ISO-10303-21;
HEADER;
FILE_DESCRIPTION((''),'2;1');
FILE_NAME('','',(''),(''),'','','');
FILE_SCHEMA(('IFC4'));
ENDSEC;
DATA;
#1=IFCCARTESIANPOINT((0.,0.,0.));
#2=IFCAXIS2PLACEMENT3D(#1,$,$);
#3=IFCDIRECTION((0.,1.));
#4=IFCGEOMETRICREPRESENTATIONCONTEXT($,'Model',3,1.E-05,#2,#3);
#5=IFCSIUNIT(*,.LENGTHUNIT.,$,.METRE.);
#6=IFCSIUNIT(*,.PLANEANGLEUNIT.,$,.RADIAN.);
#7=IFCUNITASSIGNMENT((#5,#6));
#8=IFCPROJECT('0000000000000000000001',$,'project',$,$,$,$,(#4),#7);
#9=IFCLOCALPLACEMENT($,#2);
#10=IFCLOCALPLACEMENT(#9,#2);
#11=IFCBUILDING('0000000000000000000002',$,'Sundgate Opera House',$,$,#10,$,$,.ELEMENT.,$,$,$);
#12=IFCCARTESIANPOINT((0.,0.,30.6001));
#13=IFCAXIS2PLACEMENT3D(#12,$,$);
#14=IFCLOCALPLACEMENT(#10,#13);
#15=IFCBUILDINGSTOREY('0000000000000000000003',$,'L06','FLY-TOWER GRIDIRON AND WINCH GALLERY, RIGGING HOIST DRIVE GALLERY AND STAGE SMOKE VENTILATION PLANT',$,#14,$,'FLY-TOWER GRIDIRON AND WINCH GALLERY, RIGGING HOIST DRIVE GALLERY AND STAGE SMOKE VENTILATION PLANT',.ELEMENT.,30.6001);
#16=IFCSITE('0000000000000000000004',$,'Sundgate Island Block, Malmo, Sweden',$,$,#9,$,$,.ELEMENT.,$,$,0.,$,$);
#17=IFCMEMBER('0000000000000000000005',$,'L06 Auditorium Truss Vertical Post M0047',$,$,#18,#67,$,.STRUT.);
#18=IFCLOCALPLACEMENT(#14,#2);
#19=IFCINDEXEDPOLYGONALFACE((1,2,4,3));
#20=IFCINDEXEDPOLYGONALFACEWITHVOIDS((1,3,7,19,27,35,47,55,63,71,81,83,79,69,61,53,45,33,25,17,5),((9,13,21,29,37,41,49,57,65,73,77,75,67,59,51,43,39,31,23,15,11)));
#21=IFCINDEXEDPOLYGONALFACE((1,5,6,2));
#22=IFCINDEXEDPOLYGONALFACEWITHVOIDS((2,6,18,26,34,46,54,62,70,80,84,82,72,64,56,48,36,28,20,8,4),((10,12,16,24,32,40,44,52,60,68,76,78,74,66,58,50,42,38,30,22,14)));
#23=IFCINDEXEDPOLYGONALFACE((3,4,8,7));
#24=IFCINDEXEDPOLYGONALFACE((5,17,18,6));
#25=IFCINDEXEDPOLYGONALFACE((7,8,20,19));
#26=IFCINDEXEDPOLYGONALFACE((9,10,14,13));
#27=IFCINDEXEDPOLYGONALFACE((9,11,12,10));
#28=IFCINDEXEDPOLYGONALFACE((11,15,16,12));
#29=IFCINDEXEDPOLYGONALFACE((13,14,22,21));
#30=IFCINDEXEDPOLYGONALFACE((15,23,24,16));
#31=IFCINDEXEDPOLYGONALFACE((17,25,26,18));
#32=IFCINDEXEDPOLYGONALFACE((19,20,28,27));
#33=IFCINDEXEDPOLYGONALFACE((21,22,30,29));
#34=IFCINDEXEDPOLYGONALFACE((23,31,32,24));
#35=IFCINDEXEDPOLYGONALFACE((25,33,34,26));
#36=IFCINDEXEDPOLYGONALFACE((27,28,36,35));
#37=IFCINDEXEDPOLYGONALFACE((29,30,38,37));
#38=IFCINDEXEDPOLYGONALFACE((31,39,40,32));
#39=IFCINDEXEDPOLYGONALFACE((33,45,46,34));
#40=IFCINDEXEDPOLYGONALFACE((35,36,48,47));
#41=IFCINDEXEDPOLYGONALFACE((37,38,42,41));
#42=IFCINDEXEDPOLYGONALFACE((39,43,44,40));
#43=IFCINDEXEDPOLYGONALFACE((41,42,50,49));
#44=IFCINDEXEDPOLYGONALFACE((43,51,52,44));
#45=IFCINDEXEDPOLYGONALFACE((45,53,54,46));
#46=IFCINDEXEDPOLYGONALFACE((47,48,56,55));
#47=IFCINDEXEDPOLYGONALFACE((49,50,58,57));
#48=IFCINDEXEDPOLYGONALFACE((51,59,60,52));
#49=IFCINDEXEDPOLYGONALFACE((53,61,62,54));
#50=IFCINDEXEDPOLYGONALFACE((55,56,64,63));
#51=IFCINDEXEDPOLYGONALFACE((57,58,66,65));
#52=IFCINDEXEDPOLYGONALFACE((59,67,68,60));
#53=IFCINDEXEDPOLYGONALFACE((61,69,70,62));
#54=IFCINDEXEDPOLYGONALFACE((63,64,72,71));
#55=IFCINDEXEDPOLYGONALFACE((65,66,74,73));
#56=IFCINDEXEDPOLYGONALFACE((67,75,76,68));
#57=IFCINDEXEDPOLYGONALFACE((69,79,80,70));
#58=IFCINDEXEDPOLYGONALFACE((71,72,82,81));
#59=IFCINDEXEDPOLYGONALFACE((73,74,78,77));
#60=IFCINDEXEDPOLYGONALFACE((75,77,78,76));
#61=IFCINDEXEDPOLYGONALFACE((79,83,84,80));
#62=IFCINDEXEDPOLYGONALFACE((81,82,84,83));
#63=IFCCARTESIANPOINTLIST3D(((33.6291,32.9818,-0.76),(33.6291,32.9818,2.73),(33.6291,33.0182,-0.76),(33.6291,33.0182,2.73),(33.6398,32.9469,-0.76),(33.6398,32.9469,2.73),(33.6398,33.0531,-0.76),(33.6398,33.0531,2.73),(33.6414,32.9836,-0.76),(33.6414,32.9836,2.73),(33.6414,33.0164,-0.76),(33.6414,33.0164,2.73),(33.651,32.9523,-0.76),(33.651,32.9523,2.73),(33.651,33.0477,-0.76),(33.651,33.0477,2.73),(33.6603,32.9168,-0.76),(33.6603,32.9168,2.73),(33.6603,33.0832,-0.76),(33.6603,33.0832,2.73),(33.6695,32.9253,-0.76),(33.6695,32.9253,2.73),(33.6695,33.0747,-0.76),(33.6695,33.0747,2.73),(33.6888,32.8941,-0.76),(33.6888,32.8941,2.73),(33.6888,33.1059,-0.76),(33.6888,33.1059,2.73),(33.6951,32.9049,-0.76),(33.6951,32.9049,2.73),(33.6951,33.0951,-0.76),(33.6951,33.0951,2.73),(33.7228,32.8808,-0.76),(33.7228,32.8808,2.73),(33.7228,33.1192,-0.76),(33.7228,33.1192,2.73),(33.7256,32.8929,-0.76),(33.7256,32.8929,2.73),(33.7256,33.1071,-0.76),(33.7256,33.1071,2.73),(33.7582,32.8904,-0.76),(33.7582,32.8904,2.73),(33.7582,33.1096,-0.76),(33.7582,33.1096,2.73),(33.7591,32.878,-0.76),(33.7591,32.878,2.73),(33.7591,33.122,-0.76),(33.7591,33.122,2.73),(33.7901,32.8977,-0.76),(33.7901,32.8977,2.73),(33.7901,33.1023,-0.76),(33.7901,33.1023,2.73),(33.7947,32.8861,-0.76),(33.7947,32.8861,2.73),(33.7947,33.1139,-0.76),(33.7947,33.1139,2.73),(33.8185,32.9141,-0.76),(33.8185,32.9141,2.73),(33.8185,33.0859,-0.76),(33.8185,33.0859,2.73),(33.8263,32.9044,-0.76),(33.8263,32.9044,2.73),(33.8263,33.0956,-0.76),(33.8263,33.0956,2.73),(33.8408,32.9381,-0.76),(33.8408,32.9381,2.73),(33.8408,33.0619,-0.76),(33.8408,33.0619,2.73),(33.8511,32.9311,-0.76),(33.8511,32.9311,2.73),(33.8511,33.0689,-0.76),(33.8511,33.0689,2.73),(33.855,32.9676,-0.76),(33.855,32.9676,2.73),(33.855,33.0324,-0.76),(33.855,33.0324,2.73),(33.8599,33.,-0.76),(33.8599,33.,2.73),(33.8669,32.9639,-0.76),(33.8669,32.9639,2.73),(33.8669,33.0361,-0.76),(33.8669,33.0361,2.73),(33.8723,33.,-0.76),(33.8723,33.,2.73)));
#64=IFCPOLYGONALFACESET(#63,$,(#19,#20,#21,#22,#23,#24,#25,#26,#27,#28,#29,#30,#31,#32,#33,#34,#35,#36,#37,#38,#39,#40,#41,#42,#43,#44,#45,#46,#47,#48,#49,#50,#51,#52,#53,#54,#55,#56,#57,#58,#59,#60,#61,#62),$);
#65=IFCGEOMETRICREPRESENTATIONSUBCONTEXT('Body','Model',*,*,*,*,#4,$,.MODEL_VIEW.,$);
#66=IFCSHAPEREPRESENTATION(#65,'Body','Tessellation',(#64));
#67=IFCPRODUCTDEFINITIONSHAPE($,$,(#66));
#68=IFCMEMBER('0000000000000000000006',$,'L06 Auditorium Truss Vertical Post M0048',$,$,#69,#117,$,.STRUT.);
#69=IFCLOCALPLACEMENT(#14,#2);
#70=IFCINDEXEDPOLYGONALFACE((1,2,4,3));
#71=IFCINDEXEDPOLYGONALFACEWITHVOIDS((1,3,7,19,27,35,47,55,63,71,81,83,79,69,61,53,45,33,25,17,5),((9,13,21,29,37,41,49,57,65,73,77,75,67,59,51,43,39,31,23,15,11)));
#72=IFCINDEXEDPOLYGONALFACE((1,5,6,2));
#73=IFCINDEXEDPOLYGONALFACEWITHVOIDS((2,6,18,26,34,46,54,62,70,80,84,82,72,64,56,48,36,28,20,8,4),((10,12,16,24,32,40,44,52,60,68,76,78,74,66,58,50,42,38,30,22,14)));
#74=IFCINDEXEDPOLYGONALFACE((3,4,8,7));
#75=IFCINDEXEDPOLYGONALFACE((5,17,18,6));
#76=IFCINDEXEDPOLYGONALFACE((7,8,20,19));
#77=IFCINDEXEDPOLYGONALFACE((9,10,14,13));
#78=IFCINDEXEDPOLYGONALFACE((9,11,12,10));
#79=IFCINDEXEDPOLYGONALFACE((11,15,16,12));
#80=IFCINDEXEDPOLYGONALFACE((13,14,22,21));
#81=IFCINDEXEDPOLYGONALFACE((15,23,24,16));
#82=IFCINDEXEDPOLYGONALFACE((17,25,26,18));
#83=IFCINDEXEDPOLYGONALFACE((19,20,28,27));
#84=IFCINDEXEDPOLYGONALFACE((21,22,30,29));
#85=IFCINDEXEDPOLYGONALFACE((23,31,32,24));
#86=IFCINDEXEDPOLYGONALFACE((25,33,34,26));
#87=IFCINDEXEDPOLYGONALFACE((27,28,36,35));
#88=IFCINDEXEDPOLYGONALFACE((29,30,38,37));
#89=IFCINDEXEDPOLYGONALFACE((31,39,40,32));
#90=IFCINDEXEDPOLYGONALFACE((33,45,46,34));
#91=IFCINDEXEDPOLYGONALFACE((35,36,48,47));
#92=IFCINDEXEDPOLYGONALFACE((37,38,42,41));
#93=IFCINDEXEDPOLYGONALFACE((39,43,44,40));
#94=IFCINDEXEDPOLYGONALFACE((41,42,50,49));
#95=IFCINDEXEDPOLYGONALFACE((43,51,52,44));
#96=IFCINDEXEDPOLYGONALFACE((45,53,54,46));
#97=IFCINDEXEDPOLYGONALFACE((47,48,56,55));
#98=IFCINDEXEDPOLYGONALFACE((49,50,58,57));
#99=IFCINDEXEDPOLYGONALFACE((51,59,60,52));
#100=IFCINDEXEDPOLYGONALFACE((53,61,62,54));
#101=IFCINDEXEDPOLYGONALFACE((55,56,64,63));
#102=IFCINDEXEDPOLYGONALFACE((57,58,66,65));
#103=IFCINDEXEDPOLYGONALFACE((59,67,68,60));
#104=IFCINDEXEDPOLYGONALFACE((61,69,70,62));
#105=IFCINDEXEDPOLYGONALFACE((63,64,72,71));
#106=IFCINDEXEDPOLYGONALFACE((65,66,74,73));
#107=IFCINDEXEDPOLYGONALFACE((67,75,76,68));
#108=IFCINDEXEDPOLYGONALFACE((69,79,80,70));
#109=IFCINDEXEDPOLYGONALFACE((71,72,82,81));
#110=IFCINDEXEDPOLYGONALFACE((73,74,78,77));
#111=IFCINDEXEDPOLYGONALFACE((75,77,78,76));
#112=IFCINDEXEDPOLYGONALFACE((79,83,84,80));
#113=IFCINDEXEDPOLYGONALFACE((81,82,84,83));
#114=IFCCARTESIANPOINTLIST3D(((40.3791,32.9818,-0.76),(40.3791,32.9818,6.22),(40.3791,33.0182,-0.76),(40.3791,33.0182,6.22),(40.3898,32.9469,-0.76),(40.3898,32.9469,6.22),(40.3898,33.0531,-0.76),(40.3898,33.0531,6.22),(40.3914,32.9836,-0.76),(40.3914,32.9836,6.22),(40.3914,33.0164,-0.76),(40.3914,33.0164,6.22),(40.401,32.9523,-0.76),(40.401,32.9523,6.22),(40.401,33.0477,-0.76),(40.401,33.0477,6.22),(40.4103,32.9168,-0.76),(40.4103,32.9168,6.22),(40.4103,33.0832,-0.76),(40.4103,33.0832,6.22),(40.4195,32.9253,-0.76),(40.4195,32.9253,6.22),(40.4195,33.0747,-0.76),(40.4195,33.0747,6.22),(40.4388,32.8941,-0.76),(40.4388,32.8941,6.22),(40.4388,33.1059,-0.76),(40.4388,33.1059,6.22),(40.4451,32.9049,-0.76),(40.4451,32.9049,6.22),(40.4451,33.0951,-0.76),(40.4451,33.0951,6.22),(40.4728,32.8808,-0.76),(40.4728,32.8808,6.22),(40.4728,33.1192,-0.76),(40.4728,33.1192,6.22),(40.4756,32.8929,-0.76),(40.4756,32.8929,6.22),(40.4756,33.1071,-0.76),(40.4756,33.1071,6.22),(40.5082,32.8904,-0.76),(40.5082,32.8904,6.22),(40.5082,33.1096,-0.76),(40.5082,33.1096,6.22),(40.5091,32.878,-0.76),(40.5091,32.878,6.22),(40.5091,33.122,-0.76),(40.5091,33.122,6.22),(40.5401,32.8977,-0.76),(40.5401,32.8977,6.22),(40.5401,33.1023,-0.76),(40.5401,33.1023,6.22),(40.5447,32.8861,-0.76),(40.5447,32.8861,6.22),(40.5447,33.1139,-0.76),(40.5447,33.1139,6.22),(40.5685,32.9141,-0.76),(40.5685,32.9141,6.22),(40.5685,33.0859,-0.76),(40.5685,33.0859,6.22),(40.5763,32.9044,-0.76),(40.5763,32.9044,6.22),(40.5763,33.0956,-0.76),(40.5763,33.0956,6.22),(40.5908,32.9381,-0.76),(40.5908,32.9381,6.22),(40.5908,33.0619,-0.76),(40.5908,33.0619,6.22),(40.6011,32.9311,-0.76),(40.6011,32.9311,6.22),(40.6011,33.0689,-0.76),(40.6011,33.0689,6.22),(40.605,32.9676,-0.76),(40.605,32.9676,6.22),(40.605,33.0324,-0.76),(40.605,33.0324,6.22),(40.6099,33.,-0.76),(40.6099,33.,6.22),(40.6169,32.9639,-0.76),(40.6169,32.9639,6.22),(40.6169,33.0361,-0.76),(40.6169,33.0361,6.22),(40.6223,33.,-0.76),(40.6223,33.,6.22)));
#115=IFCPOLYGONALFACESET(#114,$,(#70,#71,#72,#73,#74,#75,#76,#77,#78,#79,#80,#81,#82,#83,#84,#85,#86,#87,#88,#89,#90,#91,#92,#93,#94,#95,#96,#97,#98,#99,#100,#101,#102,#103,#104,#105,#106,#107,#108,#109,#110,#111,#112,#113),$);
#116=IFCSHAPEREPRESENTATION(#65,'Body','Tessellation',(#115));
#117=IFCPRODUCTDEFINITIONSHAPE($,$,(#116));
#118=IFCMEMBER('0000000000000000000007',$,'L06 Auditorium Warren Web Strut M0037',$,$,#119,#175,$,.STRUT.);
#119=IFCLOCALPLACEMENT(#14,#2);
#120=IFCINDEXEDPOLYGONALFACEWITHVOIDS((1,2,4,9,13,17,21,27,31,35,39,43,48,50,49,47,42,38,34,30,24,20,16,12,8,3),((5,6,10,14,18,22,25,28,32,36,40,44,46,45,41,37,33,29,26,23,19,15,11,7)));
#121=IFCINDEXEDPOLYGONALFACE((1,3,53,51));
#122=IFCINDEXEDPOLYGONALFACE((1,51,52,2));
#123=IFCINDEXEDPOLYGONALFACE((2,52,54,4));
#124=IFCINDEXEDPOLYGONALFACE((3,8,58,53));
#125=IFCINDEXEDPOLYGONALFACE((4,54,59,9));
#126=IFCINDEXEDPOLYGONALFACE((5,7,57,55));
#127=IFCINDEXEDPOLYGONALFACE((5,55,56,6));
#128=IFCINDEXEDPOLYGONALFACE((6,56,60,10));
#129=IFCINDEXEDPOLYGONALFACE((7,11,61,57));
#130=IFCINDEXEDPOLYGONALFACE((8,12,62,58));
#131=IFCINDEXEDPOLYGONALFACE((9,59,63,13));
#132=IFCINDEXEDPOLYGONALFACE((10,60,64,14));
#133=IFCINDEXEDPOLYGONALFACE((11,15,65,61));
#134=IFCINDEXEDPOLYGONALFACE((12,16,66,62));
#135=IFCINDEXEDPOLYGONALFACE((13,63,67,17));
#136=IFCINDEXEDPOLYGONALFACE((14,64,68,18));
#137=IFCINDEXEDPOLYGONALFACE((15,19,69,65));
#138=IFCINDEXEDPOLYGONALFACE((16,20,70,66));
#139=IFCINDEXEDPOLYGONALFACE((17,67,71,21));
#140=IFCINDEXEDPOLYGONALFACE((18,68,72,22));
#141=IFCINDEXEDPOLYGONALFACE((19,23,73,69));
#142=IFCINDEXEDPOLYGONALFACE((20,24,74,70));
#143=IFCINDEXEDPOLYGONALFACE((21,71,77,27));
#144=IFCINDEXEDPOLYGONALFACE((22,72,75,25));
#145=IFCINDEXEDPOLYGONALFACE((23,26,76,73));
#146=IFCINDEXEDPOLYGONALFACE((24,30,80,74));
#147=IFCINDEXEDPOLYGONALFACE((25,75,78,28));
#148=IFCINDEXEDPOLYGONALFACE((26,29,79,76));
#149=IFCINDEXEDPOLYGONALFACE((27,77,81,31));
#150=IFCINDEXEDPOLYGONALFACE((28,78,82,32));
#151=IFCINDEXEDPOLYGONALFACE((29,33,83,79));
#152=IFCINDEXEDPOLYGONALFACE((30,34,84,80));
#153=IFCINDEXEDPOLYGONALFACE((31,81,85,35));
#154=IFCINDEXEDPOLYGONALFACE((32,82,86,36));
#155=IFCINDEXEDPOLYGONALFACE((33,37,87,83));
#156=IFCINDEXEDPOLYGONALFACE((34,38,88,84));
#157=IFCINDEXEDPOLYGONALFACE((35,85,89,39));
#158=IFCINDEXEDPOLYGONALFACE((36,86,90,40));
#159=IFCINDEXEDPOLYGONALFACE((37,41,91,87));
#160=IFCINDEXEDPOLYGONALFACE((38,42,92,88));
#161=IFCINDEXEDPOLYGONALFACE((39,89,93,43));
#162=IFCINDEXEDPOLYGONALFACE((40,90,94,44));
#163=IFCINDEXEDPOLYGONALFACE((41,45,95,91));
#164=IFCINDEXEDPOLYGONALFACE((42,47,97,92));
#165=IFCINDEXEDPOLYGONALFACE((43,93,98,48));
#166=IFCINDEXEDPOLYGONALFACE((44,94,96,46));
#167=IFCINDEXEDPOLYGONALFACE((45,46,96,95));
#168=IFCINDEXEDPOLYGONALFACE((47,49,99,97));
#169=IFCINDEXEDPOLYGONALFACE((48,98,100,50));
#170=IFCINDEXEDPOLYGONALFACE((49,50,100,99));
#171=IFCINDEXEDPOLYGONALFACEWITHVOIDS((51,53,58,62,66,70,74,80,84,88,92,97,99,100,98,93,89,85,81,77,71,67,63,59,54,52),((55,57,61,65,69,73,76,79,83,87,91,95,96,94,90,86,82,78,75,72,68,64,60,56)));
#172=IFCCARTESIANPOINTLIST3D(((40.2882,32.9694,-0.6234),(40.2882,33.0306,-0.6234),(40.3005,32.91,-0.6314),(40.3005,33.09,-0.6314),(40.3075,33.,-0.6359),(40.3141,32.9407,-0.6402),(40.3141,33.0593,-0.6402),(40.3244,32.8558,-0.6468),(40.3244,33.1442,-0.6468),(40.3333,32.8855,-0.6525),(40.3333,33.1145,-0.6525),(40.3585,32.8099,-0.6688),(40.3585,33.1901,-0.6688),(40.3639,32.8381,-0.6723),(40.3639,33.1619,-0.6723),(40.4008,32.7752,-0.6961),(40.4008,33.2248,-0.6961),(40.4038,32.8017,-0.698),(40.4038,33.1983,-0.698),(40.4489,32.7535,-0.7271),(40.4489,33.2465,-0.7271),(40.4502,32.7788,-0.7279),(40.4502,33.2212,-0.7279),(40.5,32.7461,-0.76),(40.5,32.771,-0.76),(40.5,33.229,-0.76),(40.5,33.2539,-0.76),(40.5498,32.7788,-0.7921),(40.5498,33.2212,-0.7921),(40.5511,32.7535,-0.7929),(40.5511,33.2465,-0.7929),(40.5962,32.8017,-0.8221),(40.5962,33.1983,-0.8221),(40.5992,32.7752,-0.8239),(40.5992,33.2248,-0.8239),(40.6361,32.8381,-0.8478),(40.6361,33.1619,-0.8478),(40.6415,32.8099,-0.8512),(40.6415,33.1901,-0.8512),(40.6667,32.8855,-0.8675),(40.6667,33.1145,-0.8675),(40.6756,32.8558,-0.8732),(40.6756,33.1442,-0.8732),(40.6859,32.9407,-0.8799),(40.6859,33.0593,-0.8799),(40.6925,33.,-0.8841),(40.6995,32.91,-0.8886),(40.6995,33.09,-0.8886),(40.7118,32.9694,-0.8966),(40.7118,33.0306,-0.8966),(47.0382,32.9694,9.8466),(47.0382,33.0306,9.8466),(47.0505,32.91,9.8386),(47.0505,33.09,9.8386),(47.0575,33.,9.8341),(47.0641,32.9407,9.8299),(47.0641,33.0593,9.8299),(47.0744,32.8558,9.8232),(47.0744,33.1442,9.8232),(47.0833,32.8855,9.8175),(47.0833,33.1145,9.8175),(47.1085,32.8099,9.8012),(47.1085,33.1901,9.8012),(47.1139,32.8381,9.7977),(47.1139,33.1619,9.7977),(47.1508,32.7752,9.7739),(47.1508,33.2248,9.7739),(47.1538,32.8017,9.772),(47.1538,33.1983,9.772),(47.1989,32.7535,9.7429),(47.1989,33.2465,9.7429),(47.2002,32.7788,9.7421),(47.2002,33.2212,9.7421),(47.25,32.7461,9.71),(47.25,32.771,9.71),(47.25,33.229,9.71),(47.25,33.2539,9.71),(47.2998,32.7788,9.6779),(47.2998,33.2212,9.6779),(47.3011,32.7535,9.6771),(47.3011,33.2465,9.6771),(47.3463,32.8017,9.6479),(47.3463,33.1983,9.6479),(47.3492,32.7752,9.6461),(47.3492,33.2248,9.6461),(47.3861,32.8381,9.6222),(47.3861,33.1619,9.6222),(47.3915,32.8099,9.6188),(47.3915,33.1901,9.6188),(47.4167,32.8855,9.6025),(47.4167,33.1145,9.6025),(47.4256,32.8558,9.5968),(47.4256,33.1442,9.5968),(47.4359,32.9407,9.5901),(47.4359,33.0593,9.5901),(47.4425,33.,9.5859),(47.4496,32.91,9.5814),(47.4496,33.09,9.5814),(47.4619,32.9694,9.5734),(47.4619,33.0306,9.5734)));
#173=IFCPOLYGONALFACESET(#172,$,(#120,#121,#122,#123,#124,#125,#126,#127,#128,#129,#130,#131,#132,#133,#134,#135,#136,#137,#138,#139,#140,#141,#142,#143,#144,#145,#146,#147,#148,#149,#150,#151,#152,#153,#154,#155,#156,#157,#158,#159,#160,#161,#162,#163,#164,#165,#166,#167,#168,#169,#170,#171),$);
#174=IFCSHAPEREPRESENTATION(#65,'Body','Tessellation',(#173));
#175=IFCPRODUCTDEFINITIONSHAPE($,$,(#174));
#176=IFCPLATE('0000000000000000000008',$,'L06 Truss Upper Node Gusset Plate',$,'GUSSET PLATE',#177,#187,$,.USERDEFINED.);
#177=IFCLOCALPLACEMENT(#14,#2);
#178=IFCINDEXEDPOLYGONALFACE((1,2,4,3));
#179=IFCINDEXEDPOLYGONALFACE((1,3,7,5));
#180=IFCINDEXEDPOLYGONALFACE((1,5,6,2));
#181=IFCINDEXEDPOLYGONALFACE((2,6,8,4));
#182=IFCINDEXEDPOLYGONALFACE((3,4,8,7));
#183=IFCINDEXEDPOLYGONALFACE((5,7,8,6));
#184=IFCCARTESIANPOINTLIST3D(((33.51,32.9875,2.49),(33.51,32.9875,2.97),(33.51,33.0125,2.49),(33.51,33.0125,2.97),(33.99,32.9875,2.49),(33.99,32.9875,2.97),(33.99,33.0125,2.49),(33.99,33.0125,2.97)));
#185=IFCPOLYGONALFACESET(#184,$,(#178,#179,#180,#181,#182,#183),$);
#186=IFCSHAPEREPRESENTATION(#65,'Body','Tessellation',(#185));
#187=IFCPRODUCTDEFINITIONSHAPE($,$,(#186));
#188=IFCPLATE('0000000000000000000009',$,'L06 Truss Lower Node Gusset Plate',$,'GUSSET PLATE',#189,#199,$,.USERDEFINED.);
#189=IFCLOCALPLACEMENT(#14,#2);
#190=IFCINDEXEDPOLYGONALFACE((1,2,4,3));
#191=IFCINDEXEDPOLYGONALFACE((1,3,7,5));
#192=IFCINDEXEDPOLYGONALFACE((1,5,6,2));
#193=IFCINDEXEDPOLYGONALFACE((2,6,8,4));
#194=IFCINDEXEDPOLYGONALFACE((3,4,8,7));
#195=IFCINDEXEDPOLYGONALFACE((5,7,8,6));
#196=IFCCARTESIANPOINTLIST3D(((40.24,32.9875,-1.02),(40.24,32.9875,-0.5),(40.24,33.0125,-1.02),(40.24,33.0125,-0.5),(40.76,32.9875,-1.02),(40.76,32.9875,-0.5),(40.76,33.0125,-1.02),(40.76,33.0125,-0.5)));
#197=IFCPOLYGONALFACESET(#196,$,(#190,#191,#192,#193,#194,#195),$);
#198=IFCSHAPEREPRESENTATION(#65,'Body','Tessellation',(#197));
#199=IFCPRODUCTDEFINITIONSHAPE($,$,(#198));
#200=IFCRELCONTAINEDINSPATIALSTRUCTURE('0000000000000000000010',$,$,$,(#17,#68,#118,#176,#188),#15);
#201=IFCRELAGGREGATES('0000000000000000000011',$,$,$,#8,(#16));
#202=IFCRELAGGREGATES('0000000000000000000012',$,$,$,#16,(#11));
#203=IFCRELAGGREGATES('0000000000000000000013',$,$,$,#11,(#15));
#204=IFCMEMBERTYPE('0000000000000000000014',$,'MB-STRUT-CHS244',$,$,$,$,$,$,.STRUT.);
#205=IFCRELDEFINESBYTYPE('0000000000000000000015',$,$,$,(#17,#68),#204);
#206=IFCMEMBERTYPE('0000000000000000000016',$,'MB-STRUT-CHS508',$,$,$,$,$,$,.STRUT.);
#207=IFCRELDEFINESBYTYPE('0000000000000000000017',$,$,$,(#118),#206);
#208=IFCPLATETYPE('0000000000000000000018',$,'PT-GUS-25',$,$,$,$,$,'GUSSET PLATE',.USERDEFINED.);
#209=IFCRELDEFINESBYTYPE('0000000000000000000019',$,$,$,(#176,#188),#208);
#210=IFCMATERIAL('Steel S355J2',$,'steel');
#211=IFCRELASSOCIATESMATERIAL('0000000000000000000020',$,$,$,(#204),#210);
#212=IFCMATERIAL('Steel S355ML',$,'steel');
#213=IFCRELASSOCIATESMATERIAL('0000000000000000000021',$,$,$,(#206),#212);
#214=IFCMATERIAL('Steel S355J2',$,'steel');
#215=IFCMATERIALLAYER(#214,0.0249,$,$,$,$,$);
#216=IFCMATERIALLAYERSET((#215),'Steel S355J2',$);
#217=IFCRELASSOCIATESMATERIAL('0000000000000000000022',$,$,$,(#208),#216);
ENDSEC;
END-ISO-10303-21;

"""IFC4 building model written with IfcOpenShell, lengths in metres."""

from ifc_helpers import new_model, si_unit, direction, frame, origin, origin_2d, place, context, subcontext, project, spatial, rectangle, hollow_circle, extrude, material, layer, layer_set, material_profile, profile_set, type_object, element, save


model = new_model("IFC4")

# Units and contexts
model_context = context("Model", 3, precision=1e-05, world=origin(), true_north=direction((0.0, 1.0)))
body_context = subcontext(model_context, "Body", "Model", "MODEL_VIEW")
ifc_project = project(units=[si_unit("LENGTHUNIT", "METRE"), si_unit("PLANEANGLEUNIT", "RADIAN")], contexts=[model_context])

# Site, building, storey
site_placement = place(None, origin())
site = spatial("IfcSite", under=ifc_project, at=site_placement, Name="Sundgate Island Block, Malmo, Sweden", CompositionType="ELEMENT", RefElevation=0.0)
building_placement = place(site_placement, origin())
building = spatial("IfcBuilding", under=site, at=building_placement, Name="Sundgate Opera House", CompositionType="ELEMENT")
storey_placement = place(building_placement, frame((0.0, 0.0, 30.6001)))
storey = spatial("IfcBuildingStorey", under=building, at=storey_placement, Name="L06", Description="FLY-TOWER GRIDIRON AND WINCH GALLERY, RIGGING HOIST DRIVE GALLERY AND STAGE SMOKE VENTILATION PLANT", LongName="FLY-TOWER GRIDIRON AND WINCH GALLERY, RIGGING HOIST DRIVE GALLERY AND STAGE SMOKE VENTILATION PLANT", CompositionType="ELEMENT", Elevation=30.6001)

# Members
ifc_material_1 = material(Name="Steel S355J2", Category="steel")
ifc_material_profile_1 = material_profile(ifc_material_1, hollow_circle(Radius=0.1223, WallThickness=0.0125, at=origin_2d()), Name="CHS 244.5x12.5")
ifc_profile_set_1 = profile_set([ifc_material_profile_1], Name="Steel S355J2")
member_type_1 = type_object("IfcMemberType", Name="MB-STRUT-CHS244", PredefinedType="STRUT", material=ifc_profile_set_1)
member_1_placement = place(storey_placement, frame((33.75, 33.0, -0.76), z_axis=(0.0, 0.0, 1.0), x_axis=(1.0, 0.0, 0.0)))
element("IfcMember", 1, at=member_1_placement, inside=storey, type_object=member_type_1, Name="L06 Auditorium Truss Vertical Post M0047", PredefinedType="STRUT", context=body_context, shape_type="SweptSolid", body=[
    extrude(hollow_circle(Radius=0.1223, WallThickness=0.0125, at=origin_2d()), origin(), (0.0, 0.0, 1.0), 3.49),
])
member_2_placement = place(storey_placement, frame((40.5, 33.0, -0.76), z_axis=(0.0, 0.0, 1.0), x_axis=(1.0, 0.0, 0.0)))
element("IfcMember", 2, at=member_2_placement, inside=storey, type_object=member_type_1, Name="L06 Auditorium Truss Vertical Post M0048", PredefinedType="STRUT", context=body_context, shape_type="SweptSolid", body=[
    extrude(hollow_circle(Radius=0.1223, WallThickness=0.0125, at=origin_2d()), origin(), (0.0, 0.0, 1.0), 6.98),
])
ifc_material_2 = material(Name="Steel S355ML", Category="steel")
ifc_material_profile_2 = material_profile(ifc_material_2, hollow_circle(Radius=0.2539, WallThickness=0.0249, at=origin_2d()), Name="CHS 508x25.0")
ifc_profile_set_2 = profile_set([ifc_material_profile_2], Name="Steel S355ML")
member_type_2 = type_object("IfcMemberType", Name="MB-STRUT-CHS508", PredefinedType="STRUT", material=ifc_profile_set_2)
member_3_placement = place(storey_placement, frame((40.5, 33.0, -0.76), z_axis=(0.541854, 0.0, 0.840473), x_axis=(0.0, 1.0, 0.0)))
element("IfcMember", 3, at=member_3_placement, inside=storey, type_object=member_type_2, Name="L06 Auditorium Warren Web Strut M0037", PredefinedType="STRUT", context=body_context, shape_type="SweptSolid", body=[
    extrude(hollow_circle(Radius=0.2539, WallThickness=0.0249, at=origin_2d()), origin(), (0.0, 0.0, 1.0), 12.4573),
])

# Plates
ifc_material_3 = material(Name="Steel S355J2", Category="steel")
ifc_layer_1 = layer(ifc_material_3, 0.0249)
ifc_layer_set_1 = layer_set([ifc_layer_1], Name="Steel S355J2")
plate_type_1 = type_object("IfcPlateType", Name="PT-GUS-25", ElementType="GUSSET PLATE", PredefinedType="USERDEFINED", material=ifc_layer_set_1)
plate_1_placement = place(storey_placement, frame((33.75, 33.0, 2.49), z_axis=(0.0, 0.0, 1.0), x_axis=(1.0, 0.0, 0.0)))
element("IfcPlate", 4, at=plate_1_placement, inside=storey, type_object=plate_type_1, Name="L06 Truss Upper Node Gusset Plate", ObjectType="GUSSET PLATE", PredefinedType="USERDEFINED", context=body_context, shape_type="SweptSolid", body=[
    extrude(rectangle(XDim=0.48, YDim=0.0249, at=origin_2d()), origin(), (0.0, 0.0, 1.0), 0.48),
])
plate_2_placement = place(storey_placement, frame((40.5, 33.0, -1.02), z_axis=(0.0, 0.0, 1.0), x_axis=(1.0, 0.0, 0.0)))
element("IfcPlate", 5, at=plate_2_placement, inside=storey, type_object=plate_type_1, Name="L06 Truss Lower Node Gusset Plate", ObjectType="GUSSET PLATE", PredefinedType="USERDEFINED", context=body_context, shape_type="SweptSolid", body=[
    extrude(rectangle(XDim=0.52, YDim=0.0249, at=origin_2d()), origin(), (0.0, 0.0, 1.0), 0.52),
])

save(model, "model.ifc")
